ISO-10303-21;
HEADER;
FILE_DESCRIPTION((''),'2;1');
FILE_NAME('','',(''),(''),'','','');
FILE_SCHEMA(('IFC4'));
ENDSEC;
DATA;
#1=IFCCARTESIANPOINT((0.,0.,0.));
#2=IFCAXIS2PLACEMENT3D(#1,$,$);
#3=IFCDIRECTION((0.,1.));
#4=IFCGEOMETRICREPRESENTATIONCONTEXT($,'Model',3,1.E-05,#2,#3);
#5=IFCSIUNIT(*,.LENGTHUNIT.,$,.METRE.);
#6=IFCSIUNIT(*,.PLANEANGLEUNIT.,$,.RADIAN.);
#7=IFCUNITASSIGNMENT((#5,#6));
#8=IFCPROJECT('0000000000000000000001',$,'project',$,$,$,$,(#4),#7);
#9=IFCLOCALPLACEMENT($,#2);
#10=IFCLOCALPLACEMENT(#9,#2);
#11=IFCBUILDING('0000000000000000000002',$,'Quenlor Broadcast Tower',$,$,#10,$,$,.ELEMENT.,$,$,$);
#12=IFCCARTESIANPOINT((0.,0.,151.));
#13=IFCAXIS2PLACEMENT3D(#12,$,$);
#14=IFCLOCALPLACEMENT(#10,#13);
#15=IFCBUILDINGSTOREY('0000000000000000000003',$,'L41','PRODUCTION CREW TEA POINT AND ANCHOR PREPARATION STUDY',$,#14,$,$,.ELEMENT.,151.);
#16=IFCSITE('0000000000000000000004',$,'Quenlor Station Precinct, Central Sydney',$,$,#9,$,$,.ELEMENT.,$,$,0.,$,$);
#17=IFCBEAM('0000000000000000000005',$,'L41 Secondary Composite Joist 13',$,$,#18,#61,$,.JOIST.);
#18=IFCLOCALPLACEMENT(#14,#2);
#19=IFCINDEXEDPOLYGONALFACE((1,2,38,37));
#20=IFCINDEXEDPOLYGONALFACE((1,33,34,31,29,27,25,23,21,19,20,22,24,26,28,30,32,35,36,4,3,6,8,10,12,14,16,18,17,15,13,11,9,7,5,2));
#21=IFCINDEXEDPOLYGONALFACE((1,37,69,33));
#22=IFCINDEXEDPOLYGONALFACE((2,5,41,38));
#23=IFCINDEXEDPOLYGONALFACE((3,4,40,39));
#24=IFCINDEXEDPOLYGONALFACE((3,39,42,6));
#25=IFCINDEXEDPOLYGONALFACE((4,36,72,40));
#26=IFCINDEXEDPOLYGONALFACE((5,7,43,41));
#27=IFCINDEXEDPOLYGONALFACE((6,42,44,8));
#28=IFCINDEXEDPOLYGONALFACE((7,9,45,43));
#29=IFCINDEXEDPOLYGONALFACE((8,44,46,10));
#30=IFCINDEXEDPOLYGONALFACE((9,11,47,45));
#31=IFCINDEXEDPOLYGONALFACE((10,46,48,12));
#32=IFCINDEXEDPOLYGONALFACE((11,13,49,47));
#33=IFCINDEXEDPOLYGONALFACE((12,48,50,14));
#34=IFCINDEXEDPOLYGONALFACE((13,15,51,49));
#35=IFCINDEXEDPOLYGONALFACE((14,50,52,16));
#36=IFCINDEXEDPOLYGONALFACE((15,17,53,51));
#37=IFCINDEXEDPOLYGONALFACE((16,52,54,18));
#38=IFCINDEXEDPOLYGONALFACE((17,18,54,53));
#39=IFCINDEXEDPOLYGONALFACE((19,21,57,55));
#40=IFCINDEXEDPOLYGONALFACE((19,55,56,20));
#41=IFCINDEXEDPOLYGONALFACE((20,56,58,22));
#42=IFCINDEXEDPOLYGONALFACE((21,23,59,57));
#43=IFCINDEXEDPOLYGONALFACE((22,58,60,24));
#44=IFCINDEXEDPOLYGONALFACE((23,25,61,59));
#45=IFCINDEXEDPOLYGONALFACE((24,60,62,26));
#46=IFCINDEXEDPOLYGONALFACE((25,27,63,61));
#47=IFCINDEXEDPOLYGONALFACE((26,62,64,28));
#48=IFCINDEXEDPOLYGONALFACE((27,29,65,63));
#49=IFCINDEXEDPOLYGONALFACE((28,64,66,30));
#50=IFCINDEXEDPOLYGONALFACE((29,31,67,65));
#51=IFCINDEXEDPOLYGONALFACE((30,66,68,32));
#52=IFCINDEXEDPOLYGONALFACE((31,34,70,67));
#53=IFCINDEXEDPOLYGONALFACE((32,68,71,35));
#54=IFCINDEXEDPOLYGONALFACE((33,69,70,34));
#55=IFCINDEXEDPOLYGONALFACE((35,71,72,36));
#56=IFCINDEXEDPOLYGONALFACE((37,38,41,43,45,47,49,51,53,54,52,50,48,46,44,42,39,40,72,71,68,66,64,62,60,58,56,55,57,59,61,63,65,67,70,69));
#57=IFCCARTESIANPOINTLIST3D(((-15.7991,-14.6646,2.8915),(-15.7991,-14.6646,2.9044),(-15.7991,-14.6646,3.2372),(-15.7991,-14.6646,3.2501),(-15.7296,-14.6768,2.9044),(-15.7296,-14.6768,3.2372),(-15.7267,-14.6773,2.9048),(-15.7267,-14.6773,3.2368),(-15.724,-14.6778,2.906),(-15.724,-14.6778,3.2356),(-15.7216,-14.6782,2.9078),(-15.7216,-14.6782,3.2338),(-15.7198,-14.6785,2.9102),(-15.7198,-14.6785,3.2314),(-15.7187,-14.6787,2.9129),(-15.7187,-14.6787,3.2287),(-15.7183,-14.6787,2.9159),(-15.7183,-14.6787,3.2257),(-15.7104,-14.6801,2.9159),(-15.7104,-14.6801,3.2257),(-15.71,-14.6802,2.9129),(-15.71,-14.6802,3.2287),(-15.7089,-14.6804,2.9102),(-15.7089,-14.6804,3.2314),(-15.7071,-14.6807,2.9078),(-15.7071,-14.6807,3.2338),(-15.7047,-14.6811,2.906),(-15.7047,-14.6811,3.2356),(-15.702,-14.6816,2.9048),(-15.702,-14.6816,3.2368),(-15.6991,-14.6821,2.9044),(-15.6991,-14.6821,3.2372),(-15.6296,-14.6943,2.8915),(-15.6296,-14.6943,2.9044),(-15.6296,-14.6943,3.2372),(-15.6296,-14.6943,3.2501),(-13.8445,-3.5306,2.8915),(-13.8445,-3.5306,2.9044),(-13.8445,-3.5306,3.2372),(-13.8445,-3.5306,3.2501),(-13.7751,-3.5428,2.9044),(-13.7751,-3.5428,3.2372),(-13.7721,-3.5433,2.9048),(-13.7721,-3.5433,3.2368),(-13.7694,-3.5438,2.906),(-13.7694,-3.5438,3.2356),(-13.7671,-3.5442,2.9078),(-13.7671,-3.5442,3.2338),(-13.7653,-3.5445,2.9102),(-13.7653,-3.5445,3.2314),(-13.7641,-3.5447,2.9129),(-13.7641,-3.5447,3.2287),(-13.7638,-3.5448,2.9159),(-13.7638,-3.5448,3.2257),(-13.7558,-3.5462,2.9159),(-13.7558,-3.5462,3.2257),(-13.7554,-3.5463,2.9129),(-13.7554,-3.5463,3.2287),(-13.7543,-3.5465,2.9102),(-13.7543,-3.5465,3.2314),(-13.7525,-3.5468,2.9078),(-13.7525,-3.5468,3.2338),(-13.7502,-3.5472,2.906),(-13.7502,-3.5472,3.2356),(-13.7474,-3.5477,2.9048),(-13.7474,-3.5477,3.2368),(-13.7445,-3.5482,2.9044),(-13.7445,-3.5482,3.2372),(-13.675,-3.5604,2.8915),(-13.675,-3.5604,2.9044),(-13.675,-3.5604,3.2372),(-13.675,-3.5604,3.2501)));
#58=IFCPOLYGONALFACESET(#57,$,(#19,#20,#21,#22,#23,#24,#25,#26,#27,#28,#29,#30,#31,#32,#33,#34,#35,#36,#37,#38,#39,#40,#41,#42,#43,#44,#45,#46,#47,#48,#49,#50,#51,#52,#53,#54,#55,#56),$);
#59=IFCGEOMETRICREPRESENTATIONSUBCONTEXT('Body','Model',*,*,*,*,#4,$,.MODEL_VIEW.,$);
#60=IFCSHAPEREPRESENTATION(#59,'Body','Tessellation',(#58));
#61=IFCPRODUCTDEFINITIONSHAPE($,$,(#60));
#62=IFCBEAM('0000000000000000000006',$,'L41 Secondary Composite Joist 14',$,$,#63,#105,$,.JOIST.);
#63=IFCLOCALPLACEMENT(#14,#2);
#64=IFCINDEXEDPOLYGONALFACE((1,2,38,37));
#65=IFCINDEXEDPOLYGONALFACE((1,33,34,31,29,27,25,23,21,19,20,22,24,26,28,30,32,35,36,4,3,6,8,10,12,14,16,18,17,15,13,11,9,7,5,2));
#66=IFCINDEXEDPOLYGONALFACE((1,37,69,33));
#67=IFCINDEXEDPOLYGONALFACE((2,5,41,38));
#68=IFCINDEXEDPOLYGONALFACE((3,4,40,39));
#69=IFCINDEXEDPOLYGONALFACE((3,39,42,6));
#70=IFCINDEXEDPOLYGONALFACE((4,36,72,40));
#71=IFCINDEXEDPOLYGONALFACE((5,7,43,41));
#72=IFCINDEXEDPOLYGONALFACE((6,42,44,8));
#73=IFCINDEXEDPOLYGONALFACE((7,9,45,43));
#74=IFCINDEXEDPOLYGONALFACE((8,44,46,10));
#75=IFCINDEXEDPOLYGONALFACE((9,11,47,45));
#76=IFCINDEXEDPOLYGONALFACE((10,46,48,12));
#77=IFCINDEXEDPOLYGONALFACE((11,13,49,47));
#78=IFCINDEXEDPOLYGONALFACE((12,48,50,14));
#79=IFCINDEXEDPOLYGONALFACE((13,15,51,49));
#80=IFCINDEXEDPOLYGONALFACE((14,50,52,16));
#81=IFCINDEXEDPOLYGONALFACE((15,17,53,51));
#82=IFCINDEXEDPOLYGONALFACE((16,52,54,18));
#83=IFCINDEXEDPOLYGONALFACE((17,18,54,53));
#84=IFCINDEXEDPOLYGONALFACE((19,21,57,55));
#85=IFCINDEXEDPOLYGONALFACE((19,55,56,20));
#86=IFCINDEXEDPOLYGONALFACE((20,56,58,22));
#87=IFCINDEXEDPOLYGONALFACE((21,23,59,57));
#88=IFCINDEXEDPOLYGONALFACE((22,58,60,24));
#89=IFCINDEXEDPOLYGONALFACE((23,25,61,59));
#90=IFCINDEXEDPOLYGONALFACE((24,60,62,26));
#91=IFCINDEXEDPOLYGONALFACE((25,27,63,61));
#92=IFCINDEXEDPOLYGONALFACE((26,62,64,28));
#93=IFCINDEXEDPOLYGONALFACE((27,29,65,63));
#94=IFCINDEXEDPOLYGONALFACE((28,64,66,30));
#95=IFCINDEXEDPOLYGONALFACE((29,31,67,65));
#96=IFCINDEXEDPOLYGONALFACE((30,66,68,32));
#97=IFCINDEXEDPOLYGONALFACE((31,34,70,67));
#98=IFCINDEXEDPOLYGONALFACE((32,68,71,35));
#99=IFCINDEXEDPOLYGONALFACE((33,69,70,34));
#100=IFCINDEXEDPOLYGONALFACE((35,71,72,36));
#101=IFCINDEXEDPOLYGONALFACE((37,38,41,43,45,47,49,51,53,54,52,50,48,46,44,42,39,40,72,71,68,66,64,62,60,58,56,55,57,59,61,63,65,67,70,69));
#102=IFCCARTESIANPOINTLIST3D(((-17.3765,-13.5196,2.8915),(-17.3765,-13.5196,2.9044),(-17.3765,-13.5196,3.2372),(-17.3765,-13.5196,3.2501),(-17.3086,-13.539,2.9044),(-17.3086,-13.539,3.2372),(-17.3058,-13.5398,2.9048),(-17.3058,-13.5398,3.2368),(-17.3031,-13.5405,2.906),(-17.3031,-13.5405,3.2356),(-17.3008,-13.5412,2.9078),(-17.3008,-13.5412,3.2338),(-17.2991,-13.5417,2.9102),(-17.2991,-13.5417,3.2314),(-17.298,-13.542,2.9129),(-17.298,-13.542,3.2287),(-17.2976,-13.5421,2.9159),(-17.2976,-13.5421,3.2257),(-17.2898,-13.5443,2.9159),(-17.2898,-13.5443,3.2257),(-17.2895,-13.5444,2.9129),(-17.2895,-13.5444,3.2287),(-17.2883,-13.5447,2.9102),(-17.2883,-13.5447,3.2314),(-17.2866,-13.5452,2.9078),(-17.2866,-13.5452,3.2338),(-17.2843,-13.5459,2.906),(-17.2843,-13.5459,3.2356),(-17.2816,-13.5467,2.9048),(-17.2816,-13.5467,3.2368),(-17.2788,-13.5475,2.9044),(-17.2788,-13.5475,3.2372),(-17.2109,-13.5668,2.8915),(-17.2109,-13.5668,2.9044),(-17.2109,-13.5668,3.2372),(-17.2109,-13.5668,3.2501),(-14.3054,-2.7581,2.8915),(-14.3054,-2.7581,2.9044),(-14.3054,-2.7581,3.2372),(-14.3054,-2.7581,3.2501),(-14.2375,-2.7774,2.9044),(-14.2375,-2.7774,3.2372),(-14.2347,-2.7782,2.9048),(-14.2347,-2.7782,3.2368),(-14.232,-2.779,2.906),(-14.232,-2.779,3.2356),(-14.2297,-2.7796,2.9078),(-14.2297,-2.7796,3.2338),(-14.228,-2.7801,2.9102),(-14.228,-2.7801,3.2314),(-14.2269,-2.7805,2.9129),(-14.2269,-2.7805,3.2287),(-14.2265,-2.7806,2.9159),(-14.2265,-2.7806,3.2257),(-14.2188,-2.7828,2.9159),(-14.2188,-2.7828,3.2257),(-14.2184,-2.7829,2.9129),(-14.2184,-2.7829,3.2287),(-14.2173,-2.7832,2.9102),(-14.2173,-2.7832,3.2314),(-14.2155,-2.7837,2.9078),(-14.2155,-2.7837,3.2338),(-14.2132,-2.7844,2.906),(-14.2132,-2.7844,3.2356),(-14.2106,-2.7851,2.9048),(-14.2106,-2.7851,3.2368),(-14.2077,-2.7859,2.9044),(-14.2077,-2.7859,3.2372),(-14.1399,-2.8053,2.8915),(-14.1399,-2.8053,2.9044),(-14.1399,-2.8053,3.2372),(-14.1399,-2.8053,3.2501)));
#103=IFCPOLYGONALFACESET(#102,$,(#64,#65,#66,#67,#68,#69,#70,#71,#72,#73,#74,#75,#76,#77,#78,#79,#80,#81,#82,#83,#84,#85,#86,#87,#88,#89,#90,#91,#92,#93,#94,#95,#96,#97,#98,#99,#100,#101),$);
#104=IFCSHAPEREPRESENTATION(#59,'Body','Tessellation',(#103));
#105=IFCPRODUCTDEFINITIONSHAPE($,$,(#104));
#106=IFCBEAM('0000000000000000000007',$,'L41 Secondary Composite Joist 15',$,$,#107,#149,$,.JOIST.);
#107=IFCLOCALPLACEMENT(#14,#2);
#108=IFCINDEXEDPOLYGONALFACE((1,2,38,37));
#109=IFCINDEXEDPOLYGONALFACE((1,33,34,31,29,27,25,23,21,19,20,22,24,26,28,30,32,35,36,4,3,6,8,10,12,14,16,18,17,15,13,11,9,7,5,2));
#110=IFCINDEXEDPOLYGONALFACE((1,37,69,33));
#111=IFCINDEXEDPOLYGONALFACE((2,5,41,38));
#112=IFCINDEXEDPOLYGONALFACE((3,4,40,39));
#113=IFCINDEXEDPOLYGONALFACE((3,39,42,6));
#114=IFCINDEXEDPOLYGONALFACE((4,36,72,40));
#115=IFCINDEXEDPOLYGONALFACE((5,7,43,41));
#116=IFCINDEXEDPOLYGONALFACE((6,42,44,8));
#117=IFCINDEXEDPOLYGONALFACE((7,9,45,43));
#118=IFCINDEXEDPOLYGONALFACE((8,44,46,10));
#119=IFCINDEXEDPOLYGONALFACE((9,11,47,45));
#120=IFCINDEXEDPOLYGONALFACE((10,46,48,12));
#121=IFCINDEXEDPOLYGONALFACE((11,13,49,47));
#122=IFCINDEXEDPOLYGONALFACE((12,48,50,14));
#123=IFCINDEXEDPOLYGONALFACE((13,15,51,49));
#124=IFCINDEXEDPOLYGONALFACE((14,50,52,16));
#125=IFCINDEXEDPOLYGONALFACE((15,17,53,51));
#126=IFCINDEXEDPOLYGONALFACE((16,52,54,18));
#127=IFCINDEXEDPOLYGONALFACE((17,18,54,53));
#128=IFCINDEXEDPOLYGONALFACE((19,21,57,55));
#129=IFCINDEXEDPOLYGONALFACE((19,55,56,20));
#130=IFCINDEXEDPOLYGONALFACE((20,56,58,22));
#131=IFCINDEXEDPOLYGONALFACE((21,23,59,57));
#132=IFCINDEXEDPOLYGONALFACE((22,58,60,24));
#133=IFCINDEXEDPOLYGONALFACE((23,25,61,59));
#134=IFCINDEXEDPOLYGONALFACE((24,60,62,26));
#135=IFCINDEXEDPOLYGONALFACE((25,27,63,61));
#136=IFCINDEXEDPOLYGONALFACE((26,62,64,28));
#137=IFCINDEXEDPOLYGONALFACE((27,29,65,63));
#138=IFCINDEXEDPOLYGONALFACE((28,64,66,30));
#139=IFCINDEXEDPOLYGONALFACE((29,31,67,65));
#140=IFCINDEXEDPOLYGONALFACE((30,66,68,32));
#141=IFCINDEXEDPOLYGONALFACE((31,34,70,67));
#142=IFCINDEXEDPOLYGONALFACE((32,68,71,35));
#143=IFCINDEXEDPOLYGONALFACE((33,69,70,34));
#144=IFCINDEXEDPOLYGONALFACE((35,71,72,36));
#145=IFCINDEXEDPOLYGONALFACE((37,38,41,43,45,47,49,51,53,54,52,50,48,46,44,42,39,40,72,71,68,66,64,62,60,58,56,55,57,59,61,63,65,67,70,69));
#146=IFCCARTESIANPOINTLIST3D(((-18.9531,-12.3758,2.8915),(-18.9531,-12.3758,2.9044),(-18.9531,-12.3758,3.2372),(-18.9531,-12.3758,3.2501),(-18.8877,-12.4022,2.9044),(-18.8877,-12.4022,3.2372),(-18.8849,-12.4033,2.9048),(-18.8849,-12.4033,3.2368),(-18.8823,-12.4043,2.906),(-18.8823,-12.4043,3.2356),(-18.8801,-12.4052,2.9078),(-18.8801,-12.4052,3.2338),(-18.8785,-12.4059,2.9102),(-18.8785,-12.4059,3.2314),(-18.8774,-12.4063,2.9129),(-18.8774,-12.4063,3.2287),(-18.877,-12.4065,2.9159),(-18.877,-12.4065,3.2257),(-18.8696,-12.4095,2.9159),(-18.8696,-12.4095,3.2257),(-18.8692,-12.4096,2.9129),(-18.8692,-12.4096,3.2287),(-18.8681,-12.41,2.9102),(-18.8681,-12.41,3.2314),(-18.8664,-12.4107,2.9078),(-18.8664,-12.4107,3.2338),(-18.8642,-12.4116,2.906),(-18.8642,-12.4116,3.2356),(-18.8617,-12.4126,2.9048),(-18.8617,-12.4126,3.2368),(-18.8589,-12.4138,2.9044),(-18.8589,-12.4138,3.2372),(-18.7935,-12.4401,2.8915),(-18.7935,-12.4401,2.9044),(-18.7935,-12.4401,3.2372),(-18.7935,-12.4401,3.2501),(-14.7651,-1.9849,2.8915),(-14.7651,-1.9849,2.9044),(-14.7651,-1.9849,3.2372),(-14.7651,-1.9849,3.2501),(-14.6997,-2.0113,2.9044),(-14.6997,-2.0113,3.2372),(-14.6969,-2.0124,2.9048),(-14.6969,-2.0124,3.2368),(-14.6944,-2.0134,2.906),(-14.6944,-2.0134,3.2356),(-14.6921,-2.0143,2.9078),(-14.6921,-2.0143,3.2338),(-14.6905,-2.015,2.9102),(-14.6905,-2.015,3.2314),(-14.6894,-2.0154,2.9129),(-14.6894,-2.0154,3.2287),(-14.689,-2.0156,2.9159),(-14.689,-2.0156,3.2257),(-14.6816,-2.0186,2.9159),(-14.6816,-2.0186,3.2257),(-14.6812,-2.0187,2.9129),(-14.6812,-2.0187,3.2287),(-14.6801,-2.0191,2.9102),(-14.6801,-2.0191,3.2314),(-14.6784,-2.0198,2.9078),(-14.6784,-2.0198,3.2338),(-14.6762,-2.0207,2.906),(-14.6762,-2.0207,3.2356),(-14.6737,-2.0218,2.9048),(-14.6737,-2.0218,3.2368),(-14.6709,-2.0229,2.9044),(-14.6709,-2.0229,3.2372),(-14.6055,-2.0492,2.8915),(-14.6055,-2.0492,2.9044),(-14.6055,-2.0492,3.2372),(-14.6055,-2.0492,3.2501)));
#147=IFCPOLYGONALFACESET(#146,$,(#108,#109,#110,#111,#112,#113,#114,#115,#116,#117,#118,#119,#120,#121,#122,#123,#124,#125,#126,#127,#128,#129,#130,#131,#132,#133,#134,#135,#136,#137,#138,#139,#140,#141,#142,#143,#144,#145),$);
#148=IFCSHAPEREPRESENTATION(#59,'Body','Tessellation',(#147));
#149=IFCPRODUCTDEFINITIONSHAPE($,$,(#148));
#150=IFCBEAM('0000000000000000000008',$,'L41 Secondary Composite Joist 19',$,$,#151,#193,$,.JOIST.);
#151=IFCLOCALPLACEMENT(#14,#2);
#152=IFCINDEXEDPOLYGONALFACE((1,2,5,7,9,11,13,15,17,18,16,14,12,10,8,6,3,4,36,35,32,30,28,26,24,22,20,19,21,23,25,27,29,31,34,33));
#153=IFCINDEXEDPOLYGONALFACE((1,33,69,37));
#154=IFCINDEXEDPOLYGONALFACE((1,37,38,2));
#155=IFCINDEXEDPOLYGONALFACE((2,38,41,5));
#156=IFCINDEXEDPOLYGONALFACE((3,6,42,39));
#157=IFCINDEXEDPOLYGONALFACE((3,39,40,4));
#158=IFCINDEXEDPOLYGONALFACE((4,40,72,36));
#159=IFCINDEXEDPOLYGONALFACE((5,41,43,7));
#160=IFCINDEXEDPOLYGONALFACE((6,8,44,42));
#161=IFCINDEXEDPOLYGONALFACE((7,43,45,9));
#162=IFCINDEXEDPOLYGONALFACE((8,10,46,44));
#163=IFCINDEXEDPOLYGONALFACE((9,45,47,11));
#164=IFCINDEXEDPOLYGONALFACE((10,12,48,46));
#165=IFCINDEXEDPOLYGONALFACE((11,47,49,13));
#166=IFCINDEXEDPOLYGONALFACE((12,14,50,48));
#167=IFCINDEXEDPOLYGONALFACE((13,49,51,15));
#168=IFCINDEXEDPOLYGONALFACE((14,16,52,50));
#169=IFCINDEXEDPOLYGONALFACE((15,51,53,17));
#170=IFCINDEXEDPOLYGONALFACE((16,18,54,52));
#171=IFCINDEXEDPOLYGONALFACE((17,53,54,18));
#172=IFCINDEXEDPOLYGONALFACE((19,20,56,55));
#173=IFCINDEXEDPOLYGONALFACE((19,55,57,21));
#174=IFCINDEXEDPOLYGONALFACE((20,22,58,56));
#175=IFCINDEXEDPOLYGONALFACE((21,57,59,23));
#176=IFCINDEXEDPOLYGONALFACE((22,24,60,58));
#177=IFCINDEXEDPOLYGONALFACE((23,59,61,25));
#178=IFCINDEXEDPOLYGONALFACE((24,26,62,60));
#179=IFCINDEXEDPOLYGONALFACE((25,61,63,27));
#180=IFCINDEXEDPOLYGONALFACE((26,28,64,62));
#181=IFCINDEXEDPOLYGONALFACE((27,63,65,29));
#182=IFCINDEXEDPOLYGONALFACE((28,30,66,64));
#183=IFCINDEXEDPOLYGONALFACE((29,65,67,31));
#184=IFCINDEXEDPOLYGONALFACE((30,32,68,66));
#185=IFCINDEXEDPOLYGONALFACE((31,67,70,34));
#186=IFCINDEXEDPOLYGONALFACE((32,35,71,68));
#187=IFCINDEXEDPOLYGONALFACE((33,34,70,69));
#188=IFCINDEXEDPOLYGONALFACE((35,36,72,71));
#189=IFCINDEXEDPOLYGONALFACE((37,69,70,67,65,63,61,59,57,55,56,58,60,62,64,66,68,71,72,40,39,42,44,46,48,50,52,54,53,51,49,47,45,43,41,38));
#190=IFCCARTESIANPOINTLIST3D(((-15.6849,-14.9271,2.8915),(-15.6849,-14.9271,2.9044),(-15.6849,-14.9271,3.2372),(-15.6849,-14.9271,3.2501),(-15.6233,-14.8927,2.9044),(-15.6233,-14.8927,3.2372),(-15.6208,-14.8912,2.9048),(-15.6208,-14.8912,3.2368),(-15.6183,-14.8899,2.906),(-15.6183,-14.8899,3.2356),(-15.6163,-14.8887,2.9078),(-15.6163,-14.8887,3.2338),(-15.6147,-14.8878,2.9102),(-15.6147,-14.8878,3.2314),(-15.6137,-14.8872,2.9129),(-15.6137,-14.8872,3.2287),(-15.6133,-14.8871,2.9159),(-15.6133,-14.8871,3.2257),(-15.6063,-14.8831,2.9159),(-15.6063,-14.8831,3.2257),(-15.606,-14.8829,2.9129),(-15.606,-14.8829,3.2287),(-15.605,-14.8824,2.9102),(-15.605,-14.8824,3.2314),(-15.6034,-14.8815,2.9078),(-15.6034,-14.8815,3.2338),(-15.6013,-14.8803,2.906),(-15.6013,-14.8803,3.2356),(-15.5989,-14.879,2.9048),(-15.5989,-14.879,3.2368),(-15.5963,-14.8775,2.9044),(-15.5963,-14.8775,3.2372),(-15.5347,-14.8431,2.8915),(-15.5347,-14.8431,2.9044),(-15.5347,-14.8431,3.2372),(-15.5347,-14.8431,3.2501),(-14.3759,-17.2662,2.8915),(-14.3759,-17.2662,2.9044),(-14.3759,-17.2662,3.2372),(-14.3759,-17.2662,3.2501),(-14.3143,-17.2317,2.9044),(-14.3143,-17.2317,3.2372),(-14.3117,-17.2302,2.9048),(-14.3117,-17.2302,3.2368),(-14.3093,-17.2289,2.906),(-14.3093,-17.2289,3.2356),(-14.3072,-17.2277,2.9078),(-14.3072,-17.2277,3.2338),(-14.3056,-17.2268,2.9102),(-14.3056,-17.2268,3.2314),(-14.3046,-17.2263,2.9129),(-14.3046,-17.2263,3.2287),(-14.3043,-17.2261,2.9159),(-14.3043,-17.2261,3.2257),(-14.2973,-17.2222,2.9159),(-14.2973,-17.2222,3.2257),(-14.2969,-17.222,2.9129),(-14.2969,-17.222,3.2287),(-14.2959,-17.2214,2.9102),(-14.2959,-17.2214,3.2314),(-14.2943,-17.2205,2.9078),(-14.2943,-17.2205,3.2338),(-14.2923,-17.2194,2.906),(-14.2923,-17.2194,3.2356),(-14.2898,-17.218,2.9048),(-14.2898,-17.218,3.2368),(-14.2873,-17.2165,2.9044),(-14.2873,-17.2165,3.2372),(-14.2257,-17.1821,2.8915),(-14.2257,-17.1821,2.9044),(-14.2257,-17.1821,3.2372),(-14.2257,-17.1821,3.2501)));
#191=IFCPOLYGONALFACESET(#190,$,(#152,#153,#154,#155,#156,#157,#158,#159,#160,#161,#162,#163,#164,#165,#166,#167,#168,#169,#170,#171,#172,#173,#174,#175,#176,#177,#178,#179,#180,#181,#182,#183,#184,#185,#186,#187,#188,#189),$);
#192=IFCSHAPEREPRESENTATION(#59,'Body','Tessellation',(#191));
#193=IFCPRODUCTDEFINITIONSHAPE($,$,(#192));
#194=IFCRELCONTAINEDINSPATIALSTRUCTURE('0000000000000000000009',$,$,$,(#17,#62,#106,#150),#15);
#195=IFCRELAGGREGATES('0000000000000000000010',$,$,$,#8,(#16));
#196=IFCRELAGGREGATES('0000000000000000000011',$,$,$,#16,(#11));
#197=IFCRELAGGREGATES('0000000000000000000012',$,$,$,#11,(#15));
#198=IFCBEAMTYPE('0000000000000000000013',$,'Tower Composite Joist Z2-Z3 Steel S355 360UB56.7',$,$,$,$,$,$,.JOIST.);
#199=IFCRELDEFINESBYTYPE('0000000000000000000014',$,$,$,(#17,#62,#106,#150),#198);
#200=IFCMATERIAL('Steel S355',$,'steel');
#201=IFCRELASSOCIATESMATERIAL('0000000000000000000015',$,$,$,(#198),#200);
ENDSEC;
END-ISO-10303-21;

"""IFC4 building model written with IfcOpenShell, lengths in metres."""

from ifc_helpers import new_model, si_unit, direction, frame, origin, origin_2d, place, context, subcontext, project, spatial, i_section, extrude, material, material_profile, profile_set, type_object, element, save


model = new_model("IFC4")

# Units and contexts
model_context = context("Model", 3, precision=1e-05, world=origin(), true_north=direction((0.0, 1.0)))
body_context = subcontext(model_context, "Body", "Model", "MODEL_VIEW")
ifc_project = project(units=[si_unit("LENGTHUNIT", "METRE"), si_unit("PLANEANGLEUNIT", "RADIAN")], contexts=[model_context])

# Site, building, storey
site_placement = place(None, origin())
site = spatial("IfcSite", under=ifc_project, at=site_placement, Name="Quenlor Station Precinct, Central Sydney", CompositionType="ELEMENT", RefElevation=0.0)
building_placement = place(site_placement, origin())
building = spatial("IfcBuilding", under=site, at=building_placement, Name="Quenlor Broadcast Tower", CompositionType="ELEMENT")
storey_placement = place(building_placement, frame((0.0, 0.0, 151.0)))
storey = spatial("IfcBuildingStorey", under=building, at=storey_placement, Name="L41", Description="PRODUCTION CREW TEA POINT AND ANCHOR PREPARATION STUDY", CompositionType="ELEMENT", Elevation=151.0)

# Beams
ifc_material_1 = material(Name="Steel S355", Category="steel")
ifc_material_profile_1 = material_profile(ifc_material_1, i_section(OverallWidth=0.1721, OverallDepth=0.3586, WebThickness=0.0081, FlangeThickness=0.0129, FilletRadius=0.0115, at=origin_2d()))
ifc_profile_set_1 = profile_set([ifc_material_profile_1], Name="Steel S355 360UB56.7")
beam_type_1 = type_object("IfcBeamType", Name="Tower Composite Joist Z2-Z3 Steel S355 360UB56.7", PredefinedType="JOIST", material=ifc_profile_set_1)
beam_1_placement = place(storey_placement, frame((-15.7144, -14.6794, 3.0708), z_axis=(0.172907, 0.984938, 0.0), x_axis=(-0.984938, 0.172907, 0.0)))
element("IfcBeam", 1, at=beam_1_placement, inside=storey, type_object=beam_type_1, Name="L41 Secondary Composite Joist 13", PredefinedType="JOIST", context=body_context, shape_type="SweptSolid", body=[
    extrude(i_section(OverallWidth=0.1721, OverallDepth=0.3586, WebThickness=0.0081, FlangeThickness=0.0129, FilletRadius=0.0115, at=origin_2d()), origin(), (0.0, 0.0, 1.0), 11.3042),
])
beam_2_placement = place(storey_placement, frame((-17.2937, -13.5432, 3.0708), z_axis=(0.274419, 0.96161, 0.0), x_axis=(-0.96161, 0.274419, 0.0)))
element("IfcBeam", 2, at=beam_2_placement, inside=storey, type_object=beam_type_1, Name="L41 Secondary Composite Joist 14", PredefinedType="JOIST", context=body_context, shape_type="SweptSolid", body=[
    extrude(i_section(OverallWidth=0.1721, OverallDepth=0.3586, WebThickness=0.0081, FlangeThickness=0.0129, FilletRadius=0.0115, at=origin_2d()), origin(), (0.0, 0.0, 1.0), 11.1912),
])
beam_3_placement = place(storey_placement, frame((-18.8733, -12.408, 3.0708), z_axis=(0.373824, 0.9275, 0.0), x_axis=(-0.9275, 0.373824, 0.0)))
element("IfcBeam", 3, at=beam_3_placement, inside=storey, type_object=beam_type_1, Name="L41 Secondary Composite Joist 15", PredefinedType="JOIST", context=body_context, shape_type="SweptSolid", body=[
    extrude(i_section(OverallWidth=0.1721, OverallDepth=0.3586, WebThickness=0.0081, FlangeThickness=0.0129, FilletRadius=0.0115, at=origin_2d()), origin(), (0.0, 0.0, 1.0), 11.2031),
])
beam_4_placement = place(storey_placement, frame((-14.3008, -17.2241, 3.0708), z_axis=(-0.48837, 0.872636, 0.0), x_axis=(-0.872636, -0.48837, 0.0)))
element("IfcBeam", 4, at=beam_4_placement, inside=storey, type_object=beam_type_1, Name="L41 Secondary Composite Joist 19", PredefinedType="JOIST", context=body_context, shape_type="SweptSolid", body=[
    extrude(i_section(OverallWidth=0.1721, OverallDepth=0.3586, WebThickness=0.0081, FlangeThickness=0.0129, FilletRadius=0.0115, at=origin_2d()), origin(), (0.0, 0.0, 1.0), 2.6804),
])

save(model, "model.ifc")
